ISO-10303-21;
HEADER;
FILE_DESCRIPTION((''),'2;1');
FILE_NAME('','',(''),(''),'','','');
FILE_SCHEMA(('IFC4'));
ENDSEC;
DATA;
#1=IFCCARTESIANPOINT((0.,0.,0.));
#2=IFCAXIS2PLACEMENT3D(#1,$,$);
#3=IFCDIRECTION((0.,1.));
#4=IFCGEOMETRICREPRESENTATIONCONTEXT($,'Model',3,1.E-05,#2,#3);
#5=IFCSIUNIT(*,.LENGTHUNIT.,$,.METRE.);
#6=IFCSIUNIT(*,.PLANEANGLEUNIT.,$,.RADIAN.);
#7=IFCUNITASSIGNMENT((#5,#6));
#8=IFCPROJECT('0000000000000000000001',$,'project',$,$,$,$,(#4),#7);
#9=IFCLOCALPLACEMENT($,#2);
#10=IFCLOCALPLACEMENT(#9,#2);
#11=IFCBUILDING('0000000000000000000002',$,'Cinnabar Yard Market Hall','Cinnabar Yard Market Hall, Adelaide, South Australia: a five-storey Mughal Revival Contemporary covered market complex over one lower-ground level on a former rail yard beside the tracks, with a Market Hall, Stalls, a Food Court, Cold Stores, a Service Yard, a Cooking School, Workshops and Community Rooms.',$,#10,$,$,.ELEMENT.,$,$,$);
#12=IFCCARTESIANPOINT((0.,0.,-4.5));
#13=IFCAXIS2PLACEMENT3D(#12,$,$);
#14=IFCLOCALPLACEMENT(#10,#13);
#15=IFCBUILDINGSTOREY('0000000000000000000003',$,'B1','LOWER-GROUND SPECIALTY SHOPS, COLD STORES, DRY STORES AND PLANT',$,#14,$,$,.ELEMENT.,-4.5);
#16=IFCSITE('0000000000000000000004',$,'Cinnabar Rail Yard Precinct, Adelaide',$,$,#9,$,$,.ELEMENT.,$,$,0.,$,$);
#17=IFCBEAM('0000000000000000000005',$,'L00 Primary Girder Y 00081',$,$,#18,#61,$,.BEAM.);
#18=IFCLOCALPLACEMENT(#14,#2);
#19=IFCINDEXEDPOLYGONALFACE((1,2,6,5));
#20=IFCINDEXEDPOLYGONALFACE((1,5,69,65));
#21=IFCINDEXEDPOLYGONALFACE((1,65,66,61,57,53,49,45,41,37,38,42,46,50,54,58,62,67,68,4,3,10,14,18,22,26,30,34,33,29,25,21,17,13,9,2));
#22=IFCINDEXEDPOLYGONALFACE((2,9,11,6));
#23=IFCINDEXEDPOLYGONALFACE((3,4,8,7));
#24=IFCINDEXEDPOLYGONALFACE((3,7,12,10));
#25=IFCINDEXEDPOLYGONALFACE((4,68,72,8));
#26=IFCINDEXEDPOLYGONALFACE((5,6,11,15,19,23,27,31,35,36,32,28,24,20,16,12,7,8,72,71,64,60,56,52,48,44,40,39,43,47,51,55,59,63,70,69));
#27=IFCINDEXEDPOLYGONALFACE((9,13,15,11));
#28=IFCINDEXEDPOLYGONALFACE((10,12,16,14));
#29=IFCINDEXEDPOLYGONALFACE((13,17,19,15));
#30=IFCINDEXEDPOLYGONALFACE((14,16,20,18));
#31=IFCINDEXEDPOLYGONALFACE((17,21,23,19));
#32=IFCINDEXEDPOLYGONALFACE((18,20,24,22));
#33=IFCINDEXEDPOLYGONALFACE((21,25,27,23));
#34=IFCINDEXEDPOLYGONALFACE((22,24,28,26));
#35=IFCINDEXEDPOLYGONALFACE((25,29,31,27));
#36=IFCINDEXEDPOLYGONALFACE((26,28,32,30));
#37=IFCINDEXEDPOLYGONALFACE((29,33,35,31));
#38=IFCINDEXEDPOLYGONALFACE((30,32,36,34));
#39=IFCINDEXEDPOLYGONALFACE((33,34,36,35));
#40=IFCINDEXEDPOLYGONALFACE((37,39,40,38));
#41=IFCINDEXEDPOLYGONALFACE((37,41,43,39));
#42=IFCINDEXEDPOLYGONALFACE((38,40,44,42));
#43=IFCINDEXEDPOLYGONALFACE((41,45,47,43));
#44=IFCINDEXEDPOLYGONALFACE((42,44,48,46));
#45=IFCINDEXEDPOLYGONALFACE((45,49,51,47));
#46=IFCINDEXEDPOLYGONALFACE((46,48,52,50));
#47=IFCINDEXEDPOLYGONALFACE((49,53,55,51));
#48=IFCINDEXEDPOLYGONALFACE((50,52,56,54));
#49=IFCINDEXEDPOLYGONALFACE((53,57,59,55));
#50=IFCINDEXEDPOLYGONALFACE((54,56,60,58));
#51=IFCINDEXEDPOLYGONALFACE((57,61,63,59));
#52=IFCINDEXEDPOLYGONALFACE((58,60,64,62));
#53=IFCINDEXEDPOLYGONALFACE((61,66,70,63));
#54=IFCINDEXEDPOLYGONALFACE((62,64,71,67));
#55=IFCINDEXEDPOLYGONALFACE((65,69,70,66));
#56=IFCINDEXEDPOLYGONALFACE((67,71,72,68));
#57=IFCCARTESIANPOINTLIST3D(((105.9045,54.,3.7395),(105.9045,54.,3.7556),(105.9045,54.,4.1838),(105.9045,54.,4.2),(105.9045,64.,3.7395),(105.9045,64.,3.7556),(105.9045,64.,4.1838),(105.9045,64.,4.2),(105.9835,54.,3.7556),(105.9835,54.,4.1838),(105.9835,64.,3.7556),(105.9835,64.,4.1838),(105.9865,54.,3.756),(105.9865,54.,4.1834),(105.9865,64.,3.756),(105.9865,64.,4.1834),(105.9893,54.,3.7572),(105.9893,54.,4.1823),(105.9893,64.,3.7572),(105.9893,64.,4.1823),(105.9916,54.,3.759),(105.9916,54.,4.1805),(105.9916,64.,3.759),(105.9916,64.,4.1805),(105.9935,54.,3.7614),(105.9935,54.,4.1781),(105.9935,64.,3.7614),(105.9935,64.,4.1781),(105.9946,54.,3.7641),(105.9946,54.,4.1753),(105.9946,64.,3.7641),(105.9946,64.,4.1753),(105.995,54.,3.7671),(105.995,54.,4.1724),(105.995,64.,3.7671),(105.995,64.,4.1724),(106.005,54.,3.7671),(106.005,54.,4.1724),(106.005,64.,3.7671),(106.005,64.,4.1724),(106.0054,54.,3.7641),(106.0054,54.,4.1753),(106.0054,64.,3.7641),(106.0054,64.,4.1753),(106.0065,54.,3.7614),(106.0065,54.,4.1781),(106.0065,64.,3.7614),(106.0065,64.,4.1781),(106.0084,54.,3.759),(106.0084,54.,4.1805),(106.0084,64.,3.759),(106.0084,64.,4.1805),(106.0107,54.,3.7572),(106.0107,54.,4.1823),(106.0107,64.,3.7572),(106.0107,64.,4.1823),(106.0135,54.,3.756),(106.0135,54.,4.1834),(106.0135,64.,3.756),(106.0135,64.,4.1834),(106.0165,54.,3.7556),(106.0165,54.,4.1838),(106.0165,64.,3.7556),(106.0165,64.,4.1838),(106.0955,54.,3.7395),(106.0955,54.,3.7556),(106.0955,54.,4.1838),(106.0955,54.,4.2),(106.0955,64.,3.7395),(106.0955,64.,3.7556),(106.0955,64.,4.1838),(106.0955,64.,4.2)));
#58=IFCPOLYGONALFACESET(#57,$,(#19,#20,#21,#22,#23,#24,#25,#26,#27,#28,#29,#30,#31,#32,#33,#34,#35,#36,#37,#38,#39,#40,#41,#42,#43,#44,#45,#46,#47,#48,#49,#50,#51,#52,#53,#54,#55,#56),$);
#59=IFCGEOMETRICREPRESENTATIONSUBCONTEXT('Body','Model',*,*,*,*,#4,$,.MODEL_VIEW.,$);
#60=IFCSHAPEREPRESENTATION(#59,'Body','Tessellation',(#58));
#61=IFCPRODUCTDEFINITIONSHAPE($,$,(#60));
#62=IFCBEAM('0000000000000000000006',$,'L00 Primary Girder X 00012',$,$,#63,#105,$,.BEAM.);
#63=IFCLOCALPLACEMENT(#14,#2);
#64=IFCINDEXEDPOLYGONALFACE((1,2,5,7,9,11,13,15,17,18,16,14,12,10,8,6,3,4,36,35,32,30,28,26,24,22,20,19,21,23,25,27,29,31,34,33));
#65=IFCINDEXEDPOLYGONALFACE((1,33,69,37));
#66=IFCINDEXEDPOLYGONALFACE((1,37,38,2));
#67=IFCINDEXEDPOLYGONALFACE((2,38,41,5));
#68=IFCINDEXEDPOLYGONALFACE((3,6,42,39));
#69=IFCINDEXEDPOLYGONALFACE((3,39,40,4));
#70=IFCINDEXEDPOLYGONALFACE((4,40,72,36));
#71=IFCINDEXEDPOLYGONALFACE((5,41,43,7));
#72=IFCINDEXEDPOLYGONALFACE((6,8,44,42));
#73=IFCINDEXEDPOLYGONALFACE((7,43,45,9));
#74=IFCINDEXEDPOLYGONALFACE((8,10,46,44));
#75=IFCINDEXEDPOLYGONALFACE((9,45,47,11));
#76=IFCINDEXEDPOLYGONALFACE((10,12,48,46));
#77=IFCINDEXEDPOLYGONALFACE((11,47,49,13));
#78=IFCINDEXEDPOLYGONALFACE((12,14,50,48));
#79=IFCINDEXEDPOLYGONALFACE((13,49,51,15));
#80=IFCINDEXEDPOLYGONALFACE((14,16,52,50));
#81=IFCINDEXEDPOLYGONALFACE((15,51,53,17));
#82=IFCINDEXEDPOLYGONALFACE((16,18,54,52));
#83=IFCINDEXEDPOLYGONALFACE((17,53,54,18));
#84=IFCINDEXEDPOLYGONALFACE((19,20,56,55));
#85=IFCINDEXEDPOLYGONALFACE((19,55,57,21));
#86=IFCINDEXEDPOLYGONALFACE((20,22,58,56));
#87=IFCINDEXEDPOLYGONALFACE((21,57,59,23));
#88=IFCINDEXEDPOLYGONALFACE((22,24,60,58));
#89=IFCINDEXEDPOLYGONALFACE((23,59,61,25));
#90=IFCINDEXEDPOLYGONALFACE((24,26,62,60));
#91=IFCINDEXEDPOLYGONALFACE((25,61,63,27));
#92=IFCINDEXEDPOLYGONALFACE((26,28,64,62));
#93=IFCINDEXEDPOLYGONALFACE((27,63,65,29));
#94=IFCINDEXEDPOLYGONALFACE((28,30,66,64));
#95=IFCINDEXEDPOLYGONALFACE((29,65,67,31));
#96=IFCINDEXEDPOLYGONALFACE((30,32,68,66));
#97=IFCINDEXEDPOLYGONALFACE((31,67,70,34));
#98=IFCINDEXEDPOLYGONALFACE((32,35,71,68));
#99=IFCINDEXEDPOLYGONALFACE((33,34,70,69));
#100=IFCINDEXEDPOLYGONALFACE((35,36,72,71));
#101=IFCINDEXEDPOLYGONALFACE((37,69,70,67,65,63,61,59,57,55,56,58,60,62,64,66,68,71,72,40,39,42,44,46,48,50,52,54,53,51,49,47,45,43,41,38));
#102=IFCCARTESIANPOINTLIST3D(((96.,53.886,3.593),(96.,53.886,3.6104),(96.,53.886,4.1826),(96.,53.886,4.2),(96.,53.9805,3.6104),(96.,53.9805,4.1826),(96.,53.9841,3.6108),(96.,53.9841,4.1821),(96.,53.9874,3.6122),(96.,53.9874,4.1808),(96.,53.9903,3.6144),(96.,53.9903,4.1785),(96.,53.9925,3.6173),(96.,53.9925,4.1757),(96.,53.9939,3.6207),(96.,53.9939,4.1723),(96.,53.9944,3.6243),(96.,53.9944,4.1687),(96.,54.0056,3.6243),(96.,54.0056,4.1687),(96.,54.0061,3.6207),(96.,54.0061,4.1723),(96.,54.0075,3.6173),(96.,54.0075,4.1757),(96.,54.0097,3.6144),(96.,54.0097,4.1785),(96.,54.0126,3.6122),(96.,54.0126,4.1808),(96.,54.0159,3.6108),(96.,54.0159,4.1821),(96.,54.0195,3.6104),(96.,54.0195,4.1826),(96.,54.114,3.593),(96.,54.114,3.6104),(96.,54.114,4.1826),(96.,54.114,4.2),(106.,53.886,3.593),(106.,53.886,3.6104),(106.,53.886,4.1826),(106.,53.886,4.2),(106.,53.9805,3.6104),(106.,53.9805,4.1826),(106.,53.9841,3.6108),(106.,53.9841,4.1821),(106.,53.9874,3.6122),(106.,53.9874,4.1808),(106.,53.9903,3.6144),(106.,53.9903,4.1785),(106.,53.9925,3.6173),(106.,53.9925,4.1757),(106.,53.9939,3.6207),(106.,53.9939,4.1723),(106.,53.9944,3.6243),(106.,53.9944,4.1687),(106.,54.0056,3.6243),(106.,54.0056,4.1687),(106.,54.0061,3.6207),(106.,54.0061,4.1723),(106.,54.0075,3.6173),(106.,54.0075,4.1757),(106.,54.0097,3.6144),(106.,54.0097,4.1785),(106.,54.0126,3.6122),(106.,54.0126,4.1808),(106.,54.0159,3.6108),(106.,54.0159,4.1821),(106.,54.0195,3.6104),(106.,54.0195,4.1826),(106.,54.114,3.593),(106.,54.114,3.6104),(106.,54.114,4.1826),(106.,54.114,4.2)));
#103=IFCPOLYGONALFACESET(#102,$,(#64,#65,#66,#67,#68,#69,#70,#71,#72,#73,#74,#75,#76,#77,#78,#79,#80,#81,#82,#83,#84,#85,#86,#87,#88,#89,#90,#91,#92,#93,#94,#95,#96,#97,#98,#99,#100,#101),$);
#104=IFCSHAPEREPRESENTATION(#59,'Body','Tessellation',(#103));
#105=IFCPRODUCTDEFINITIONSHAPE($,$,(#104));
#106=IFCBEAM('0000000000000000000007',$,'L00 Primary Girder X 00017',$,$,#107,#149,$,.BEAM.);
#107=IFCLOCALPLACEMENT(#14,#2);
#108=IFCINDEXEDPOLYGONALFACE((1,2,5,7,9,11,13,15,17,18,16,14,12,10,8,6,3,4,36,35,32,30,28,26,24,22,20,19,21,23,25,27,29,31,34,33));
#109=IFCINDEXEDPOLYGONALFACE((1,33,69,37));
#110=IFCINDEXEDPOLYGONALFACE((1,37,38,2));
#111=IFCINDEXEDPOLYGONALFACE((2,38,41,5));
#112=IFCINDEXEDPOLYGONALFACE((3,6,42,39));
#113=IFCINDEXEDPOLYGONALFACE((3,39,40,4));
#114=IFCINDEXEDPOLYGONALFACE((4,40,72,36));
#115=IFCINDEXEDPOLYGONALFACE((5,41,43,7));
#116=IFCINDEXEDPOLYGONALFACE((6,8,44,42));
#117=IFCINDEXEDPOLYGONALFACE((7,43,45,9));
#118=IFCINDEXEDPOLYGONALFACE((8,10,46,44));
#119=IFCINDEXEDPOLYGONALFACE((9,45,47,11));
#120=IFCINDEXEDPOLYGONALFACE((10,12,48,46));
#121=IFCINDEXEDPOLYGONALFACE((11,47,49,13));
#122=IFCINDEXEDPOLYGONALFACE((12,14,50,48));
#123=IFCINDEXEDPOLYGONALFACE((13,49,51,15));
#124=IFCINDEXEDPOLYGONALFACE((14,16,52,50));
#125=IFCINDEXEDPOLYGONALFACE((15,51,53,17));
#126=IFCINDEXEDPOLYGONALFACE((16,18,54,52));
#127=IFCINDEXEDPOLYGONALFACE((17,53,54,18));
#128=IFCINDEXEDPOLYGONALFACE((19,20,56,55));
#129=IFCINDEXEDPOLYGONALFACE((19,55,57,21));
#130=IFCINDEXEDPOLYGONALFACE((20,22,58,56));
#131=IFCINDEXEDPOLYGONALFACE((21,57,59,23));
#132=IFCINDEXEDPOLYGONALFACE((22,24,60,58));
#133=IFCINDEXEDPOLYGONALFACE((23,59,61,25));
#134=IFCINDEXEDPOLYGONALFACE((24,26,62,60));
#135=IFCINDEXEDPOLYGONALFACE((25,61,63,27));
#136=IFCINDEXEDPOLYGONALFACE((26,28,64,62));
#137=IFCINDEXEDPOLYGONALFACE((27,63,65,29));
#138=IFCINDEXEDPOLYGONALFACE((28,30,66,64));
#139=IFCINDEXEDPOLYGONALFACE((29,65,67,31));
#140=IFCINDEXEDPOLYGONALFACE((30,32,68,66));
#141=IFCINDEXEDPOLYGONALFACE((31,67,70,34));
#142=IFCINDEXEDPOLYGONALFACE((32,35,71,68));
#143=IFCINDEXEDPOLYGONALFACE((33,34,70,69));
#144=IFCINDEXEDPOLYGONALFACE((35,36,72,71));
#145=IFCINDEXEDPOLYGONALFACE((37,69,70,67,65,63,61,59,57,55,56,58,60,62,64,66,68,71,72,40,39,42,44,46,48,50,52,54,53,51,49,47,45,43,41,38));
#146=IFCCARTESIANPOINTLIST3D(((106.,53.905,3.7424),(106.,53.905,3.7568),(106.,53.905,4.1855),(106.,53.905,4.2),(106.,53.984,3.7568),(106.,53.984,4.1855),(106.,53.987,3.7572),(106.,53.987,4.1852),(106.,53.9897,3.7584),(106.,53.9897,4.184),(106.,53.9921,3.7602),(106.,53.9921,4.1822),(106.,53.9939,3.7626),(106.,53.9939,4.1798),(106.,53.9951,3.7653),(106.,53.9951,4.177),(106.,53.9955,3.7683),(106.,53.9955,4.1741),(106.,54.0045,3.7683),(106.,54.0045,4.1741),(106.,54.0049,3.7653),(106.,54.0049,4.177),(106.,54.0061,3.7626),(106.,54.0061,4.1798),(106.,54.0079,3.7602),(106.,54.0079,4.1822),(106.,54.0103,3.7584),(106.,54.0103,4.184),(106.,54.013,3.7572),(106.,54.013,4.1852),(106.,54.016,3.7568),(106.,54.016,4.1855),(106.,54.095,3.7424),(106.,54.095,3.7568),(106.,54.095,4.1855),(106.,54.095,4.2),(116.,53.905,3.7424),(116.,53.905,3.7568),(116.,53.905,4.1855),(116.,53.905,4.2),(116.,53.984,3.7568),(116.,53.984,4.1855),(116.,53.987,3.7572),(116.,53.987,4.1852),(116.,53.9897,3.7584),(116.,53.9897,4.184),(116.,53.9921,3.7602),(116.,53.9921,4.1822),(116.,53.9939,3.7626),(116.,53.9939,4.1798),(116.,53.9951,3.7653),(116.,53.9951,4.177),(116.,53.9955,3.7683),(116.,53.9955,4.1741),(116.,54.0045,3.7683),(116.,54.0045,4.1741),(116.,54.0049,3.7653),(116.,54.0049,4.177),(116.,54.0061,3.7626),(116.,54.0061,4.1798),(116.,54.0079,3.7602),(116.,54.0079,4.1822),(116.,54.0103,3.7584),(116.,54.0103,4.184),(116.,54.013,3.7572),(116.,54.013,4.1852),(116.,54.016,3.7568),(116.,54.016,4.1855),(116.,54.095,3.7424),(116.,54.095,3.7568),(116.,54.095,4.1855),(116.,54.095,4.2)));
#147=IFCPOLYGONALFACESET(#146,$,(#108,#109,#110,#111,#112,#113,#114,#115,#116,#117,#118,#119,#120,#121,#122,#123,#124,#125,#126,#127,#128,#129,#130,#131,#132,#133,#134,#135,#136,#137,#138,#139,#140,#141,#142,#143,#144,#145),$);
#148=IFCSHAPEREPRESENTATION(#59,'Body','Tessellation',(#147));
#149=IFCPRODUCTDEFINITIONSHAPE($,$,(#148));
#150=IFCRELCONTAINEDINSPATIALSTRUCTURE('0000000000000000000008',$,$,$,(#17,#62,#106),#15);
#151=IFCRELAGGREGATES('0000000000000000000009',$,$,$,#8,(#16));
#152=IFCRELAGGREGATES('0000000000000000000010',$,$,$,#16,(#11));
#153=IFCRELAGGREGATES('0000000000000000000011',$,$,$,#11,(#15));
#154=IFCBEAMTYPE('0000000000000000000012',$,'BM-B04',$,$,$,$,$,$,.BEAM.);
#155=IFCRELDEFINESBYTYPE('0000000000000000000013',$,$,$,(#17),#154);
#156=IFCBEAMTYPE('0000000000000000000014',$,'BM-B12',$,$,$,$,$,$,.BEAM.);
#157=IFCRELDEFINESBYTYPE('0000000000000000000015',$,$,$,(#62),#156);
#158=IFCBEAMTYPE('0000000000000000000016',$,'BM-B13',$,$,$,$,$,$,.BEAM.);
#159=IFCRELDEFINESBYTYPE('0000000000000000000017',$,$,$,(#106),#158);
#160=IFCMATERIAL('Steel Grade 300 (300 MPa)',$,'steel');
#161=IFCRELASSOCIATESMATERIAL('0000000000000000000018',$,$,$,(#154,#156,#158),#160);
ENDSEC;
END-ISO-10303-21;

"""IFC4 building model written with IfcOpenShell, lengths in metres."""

from ifc_helpers import new_model, si_unit, direction, frame, origin, origin_2d_with_axis, place, context, subcontext, project, spatial, i_section, extrude, material, material_profile, profile_set, type_object, element, save


model = new_model("IFC4")

# Units and contexts
model_context = context("Model", 3, precision=1e-05, world=origin(), true_north=direction((0.0, 1.0)))
body_context = subcontext(model_context, "Body", "Model", "MODEL_VIEW")
ifc_project = project(units=[si_unit("LENGTHUNIT", "METRE"), si_unit("PLANEANGLEUNIT", "RADIAN")], contexts=[model_context])

# Site, building, storey
site_placement = place(None, origin())
site = spatial("IfcSite", under=ifc_project, at=site_placement, Name="Cinnabar Rail Yard Precinct, Adelaide", CompositionType="ELEMENT", RefElevation=0.0)
building_placement = place(site_placement, origin())
building = spatial("IfcBuilding", under=site, at=building_placement, Name="Cinnabar Yard Market Hall", Description="Cinnabar Yard Market Hall, Adelaide, South Australia: a five-storey Mughal Revival Contemporary covered market complex over one lower-ground level on a former rail yard beside the tracks, with a Market Hall, Stalls, a Food Court, Cold Stores, a Service Yard, a Cooking School, Workshops and Community Rooms.", CompositionType="ELEMENT")
storey_placement = place(building_placement, frame((0.0, 0.0, -4.5)))
storey = spatial("IfcBuildingStorey", under=building, at=storey_placement, Name="B1", Description="LOWER-GROUND SPECIALTY SHOPS, COLD STORES, DRY STORES AND PLANT", CompositionType="ELEMENT", Elevation=-4.5)

# Beams
ifc_material_1 = material(Name="Steel Grade 300 (300 MPa)", Category="steel")
ifc_material_profile_1 = material_profile(ifc_material_1, i_section(OverallWidth=0.1909, OverallDepth=0.4604, WebThickness=0.01, FlangeThickness=0.0161, FilletRadius=0.0115, at=origin_2d_with_axis()), Name="460UB82.1")
ifc_profile_set_1 = profile_set([ifc_material_profile_1], Name="Steel Grade 300 (300 MPa)")
beam_type_1 = type_object("IfcBeamType", Name="BM-B04", PredefinedType="BEAM", material=ifc_profile_set_1)
for number, where, z_axis, x_axis, name in (
    (1, (106.0, 54.0, 3.9697), (0.0, 1.0, 0.0), (-1.0, 0.0, 0.0), "L00 Primary Girder Y 00081"),
):
    element("IfcBeam", number, at=place(storey_placement, frame(where, z_axis=z_axis, x_axis=x_axis)), inside=storey, type_object=beam_type_1, Name=name, PredefinedType="BEAM", context=body_context, shape_type="SweptSolid", body=[
        extrude(i_section(OverallWidth=0.1909, OverallDepth=0.4604, WebThickness=0.01, FlangeThickness=0.0161, FilletRadius=0.0115, at=origin_2d_with_axis()), origin(), (0.0, 0.0, 1.0), 10.0),
    ])
ifc_material_profile_2 = material_profile(ifc_material_1, i_section(OverallWidth=0.228, OverallDepth=0.6069, WebThickness=0.0112, FlangeThickness=0.0173, FilletRadius=0.0139, at=origin_2d_with_axis()), Name="610UB113")
ifc_profile_set_2 = profile_set([ifc_material_profile_2], Name="Steel Grade 300 (300 MPa)")
beam_type_2 = type_object("IfcBeamType", Name="BM-B12", PredefinedType="BEAM", material=ifc_profile_set_2)
beam_1_placement = place(storey_placement, frame((96.0, 54.0, 3.8965), z_axis=(1.0, 0.0, 0.0), x_axis=(0.0, 1.0, 0.0)))
element("IfcBeam", 2, at=beam_1_placement, inside=storey, type_object=beam_type_2, Name="L00 Primary Girder X 00012", PredefinedType="BEAM", context=body_context, shape_type="SweptSolid", body=[
    extrude(i_section(OverallWidth=0.228, OverallDepth=0.6069, WebThickness=0.0112, FlangeThickness=0.0173, FilletRadius=0.0139, at=origin_2d_with_axis()), origin(), (0.0, 0.0, 1.0), 10.0),
])
ifc_material_profile_3 = material_profile(ifc_material_1, i_section(OverallWidth=0.1899, OverallDepth=0.4575, WebThickness=0.009, FlangeThickness=0.0144, FilletRadius=0.0115, at=origin_2d_with_axis()), Name="460UB74.6")
ifc_profile_set_3 = profile_set([ifc_material_profile_3], Name="Steel Grade 300 (300 MPa)")
beam_type_3 = type_object("IfcBeamType", Name="BM-B13", PredefinedType="BEAM", material=ifc_profile_set_3)
beam_2_placement = place(storey_placement, frame((106.0, 54.0, 3.9712), z_axis=(1.0, 0.0, 0.0), x_axis=(0.0, 1.0, 0.0)))
element("IfcBeam", 3, at=beam_2_placement, inside=storey, type_object=beam_type_3, Name="L00 Primary Girder X 00017", PredefinedType="BEAM", context=body_context, shape_type="SweptSolid", body=[
    extrude(i_section(OverallWidth=0.1899, OverallDepth=0.4575, WebThickness=0.009, FlangeThickness=0.0144, FilletRadius=0.0115, at=origin_2d_with_axis()), origin(), (0.0, 0.0, 1.0), 10.0),
])

save(model, "model.ifc")
